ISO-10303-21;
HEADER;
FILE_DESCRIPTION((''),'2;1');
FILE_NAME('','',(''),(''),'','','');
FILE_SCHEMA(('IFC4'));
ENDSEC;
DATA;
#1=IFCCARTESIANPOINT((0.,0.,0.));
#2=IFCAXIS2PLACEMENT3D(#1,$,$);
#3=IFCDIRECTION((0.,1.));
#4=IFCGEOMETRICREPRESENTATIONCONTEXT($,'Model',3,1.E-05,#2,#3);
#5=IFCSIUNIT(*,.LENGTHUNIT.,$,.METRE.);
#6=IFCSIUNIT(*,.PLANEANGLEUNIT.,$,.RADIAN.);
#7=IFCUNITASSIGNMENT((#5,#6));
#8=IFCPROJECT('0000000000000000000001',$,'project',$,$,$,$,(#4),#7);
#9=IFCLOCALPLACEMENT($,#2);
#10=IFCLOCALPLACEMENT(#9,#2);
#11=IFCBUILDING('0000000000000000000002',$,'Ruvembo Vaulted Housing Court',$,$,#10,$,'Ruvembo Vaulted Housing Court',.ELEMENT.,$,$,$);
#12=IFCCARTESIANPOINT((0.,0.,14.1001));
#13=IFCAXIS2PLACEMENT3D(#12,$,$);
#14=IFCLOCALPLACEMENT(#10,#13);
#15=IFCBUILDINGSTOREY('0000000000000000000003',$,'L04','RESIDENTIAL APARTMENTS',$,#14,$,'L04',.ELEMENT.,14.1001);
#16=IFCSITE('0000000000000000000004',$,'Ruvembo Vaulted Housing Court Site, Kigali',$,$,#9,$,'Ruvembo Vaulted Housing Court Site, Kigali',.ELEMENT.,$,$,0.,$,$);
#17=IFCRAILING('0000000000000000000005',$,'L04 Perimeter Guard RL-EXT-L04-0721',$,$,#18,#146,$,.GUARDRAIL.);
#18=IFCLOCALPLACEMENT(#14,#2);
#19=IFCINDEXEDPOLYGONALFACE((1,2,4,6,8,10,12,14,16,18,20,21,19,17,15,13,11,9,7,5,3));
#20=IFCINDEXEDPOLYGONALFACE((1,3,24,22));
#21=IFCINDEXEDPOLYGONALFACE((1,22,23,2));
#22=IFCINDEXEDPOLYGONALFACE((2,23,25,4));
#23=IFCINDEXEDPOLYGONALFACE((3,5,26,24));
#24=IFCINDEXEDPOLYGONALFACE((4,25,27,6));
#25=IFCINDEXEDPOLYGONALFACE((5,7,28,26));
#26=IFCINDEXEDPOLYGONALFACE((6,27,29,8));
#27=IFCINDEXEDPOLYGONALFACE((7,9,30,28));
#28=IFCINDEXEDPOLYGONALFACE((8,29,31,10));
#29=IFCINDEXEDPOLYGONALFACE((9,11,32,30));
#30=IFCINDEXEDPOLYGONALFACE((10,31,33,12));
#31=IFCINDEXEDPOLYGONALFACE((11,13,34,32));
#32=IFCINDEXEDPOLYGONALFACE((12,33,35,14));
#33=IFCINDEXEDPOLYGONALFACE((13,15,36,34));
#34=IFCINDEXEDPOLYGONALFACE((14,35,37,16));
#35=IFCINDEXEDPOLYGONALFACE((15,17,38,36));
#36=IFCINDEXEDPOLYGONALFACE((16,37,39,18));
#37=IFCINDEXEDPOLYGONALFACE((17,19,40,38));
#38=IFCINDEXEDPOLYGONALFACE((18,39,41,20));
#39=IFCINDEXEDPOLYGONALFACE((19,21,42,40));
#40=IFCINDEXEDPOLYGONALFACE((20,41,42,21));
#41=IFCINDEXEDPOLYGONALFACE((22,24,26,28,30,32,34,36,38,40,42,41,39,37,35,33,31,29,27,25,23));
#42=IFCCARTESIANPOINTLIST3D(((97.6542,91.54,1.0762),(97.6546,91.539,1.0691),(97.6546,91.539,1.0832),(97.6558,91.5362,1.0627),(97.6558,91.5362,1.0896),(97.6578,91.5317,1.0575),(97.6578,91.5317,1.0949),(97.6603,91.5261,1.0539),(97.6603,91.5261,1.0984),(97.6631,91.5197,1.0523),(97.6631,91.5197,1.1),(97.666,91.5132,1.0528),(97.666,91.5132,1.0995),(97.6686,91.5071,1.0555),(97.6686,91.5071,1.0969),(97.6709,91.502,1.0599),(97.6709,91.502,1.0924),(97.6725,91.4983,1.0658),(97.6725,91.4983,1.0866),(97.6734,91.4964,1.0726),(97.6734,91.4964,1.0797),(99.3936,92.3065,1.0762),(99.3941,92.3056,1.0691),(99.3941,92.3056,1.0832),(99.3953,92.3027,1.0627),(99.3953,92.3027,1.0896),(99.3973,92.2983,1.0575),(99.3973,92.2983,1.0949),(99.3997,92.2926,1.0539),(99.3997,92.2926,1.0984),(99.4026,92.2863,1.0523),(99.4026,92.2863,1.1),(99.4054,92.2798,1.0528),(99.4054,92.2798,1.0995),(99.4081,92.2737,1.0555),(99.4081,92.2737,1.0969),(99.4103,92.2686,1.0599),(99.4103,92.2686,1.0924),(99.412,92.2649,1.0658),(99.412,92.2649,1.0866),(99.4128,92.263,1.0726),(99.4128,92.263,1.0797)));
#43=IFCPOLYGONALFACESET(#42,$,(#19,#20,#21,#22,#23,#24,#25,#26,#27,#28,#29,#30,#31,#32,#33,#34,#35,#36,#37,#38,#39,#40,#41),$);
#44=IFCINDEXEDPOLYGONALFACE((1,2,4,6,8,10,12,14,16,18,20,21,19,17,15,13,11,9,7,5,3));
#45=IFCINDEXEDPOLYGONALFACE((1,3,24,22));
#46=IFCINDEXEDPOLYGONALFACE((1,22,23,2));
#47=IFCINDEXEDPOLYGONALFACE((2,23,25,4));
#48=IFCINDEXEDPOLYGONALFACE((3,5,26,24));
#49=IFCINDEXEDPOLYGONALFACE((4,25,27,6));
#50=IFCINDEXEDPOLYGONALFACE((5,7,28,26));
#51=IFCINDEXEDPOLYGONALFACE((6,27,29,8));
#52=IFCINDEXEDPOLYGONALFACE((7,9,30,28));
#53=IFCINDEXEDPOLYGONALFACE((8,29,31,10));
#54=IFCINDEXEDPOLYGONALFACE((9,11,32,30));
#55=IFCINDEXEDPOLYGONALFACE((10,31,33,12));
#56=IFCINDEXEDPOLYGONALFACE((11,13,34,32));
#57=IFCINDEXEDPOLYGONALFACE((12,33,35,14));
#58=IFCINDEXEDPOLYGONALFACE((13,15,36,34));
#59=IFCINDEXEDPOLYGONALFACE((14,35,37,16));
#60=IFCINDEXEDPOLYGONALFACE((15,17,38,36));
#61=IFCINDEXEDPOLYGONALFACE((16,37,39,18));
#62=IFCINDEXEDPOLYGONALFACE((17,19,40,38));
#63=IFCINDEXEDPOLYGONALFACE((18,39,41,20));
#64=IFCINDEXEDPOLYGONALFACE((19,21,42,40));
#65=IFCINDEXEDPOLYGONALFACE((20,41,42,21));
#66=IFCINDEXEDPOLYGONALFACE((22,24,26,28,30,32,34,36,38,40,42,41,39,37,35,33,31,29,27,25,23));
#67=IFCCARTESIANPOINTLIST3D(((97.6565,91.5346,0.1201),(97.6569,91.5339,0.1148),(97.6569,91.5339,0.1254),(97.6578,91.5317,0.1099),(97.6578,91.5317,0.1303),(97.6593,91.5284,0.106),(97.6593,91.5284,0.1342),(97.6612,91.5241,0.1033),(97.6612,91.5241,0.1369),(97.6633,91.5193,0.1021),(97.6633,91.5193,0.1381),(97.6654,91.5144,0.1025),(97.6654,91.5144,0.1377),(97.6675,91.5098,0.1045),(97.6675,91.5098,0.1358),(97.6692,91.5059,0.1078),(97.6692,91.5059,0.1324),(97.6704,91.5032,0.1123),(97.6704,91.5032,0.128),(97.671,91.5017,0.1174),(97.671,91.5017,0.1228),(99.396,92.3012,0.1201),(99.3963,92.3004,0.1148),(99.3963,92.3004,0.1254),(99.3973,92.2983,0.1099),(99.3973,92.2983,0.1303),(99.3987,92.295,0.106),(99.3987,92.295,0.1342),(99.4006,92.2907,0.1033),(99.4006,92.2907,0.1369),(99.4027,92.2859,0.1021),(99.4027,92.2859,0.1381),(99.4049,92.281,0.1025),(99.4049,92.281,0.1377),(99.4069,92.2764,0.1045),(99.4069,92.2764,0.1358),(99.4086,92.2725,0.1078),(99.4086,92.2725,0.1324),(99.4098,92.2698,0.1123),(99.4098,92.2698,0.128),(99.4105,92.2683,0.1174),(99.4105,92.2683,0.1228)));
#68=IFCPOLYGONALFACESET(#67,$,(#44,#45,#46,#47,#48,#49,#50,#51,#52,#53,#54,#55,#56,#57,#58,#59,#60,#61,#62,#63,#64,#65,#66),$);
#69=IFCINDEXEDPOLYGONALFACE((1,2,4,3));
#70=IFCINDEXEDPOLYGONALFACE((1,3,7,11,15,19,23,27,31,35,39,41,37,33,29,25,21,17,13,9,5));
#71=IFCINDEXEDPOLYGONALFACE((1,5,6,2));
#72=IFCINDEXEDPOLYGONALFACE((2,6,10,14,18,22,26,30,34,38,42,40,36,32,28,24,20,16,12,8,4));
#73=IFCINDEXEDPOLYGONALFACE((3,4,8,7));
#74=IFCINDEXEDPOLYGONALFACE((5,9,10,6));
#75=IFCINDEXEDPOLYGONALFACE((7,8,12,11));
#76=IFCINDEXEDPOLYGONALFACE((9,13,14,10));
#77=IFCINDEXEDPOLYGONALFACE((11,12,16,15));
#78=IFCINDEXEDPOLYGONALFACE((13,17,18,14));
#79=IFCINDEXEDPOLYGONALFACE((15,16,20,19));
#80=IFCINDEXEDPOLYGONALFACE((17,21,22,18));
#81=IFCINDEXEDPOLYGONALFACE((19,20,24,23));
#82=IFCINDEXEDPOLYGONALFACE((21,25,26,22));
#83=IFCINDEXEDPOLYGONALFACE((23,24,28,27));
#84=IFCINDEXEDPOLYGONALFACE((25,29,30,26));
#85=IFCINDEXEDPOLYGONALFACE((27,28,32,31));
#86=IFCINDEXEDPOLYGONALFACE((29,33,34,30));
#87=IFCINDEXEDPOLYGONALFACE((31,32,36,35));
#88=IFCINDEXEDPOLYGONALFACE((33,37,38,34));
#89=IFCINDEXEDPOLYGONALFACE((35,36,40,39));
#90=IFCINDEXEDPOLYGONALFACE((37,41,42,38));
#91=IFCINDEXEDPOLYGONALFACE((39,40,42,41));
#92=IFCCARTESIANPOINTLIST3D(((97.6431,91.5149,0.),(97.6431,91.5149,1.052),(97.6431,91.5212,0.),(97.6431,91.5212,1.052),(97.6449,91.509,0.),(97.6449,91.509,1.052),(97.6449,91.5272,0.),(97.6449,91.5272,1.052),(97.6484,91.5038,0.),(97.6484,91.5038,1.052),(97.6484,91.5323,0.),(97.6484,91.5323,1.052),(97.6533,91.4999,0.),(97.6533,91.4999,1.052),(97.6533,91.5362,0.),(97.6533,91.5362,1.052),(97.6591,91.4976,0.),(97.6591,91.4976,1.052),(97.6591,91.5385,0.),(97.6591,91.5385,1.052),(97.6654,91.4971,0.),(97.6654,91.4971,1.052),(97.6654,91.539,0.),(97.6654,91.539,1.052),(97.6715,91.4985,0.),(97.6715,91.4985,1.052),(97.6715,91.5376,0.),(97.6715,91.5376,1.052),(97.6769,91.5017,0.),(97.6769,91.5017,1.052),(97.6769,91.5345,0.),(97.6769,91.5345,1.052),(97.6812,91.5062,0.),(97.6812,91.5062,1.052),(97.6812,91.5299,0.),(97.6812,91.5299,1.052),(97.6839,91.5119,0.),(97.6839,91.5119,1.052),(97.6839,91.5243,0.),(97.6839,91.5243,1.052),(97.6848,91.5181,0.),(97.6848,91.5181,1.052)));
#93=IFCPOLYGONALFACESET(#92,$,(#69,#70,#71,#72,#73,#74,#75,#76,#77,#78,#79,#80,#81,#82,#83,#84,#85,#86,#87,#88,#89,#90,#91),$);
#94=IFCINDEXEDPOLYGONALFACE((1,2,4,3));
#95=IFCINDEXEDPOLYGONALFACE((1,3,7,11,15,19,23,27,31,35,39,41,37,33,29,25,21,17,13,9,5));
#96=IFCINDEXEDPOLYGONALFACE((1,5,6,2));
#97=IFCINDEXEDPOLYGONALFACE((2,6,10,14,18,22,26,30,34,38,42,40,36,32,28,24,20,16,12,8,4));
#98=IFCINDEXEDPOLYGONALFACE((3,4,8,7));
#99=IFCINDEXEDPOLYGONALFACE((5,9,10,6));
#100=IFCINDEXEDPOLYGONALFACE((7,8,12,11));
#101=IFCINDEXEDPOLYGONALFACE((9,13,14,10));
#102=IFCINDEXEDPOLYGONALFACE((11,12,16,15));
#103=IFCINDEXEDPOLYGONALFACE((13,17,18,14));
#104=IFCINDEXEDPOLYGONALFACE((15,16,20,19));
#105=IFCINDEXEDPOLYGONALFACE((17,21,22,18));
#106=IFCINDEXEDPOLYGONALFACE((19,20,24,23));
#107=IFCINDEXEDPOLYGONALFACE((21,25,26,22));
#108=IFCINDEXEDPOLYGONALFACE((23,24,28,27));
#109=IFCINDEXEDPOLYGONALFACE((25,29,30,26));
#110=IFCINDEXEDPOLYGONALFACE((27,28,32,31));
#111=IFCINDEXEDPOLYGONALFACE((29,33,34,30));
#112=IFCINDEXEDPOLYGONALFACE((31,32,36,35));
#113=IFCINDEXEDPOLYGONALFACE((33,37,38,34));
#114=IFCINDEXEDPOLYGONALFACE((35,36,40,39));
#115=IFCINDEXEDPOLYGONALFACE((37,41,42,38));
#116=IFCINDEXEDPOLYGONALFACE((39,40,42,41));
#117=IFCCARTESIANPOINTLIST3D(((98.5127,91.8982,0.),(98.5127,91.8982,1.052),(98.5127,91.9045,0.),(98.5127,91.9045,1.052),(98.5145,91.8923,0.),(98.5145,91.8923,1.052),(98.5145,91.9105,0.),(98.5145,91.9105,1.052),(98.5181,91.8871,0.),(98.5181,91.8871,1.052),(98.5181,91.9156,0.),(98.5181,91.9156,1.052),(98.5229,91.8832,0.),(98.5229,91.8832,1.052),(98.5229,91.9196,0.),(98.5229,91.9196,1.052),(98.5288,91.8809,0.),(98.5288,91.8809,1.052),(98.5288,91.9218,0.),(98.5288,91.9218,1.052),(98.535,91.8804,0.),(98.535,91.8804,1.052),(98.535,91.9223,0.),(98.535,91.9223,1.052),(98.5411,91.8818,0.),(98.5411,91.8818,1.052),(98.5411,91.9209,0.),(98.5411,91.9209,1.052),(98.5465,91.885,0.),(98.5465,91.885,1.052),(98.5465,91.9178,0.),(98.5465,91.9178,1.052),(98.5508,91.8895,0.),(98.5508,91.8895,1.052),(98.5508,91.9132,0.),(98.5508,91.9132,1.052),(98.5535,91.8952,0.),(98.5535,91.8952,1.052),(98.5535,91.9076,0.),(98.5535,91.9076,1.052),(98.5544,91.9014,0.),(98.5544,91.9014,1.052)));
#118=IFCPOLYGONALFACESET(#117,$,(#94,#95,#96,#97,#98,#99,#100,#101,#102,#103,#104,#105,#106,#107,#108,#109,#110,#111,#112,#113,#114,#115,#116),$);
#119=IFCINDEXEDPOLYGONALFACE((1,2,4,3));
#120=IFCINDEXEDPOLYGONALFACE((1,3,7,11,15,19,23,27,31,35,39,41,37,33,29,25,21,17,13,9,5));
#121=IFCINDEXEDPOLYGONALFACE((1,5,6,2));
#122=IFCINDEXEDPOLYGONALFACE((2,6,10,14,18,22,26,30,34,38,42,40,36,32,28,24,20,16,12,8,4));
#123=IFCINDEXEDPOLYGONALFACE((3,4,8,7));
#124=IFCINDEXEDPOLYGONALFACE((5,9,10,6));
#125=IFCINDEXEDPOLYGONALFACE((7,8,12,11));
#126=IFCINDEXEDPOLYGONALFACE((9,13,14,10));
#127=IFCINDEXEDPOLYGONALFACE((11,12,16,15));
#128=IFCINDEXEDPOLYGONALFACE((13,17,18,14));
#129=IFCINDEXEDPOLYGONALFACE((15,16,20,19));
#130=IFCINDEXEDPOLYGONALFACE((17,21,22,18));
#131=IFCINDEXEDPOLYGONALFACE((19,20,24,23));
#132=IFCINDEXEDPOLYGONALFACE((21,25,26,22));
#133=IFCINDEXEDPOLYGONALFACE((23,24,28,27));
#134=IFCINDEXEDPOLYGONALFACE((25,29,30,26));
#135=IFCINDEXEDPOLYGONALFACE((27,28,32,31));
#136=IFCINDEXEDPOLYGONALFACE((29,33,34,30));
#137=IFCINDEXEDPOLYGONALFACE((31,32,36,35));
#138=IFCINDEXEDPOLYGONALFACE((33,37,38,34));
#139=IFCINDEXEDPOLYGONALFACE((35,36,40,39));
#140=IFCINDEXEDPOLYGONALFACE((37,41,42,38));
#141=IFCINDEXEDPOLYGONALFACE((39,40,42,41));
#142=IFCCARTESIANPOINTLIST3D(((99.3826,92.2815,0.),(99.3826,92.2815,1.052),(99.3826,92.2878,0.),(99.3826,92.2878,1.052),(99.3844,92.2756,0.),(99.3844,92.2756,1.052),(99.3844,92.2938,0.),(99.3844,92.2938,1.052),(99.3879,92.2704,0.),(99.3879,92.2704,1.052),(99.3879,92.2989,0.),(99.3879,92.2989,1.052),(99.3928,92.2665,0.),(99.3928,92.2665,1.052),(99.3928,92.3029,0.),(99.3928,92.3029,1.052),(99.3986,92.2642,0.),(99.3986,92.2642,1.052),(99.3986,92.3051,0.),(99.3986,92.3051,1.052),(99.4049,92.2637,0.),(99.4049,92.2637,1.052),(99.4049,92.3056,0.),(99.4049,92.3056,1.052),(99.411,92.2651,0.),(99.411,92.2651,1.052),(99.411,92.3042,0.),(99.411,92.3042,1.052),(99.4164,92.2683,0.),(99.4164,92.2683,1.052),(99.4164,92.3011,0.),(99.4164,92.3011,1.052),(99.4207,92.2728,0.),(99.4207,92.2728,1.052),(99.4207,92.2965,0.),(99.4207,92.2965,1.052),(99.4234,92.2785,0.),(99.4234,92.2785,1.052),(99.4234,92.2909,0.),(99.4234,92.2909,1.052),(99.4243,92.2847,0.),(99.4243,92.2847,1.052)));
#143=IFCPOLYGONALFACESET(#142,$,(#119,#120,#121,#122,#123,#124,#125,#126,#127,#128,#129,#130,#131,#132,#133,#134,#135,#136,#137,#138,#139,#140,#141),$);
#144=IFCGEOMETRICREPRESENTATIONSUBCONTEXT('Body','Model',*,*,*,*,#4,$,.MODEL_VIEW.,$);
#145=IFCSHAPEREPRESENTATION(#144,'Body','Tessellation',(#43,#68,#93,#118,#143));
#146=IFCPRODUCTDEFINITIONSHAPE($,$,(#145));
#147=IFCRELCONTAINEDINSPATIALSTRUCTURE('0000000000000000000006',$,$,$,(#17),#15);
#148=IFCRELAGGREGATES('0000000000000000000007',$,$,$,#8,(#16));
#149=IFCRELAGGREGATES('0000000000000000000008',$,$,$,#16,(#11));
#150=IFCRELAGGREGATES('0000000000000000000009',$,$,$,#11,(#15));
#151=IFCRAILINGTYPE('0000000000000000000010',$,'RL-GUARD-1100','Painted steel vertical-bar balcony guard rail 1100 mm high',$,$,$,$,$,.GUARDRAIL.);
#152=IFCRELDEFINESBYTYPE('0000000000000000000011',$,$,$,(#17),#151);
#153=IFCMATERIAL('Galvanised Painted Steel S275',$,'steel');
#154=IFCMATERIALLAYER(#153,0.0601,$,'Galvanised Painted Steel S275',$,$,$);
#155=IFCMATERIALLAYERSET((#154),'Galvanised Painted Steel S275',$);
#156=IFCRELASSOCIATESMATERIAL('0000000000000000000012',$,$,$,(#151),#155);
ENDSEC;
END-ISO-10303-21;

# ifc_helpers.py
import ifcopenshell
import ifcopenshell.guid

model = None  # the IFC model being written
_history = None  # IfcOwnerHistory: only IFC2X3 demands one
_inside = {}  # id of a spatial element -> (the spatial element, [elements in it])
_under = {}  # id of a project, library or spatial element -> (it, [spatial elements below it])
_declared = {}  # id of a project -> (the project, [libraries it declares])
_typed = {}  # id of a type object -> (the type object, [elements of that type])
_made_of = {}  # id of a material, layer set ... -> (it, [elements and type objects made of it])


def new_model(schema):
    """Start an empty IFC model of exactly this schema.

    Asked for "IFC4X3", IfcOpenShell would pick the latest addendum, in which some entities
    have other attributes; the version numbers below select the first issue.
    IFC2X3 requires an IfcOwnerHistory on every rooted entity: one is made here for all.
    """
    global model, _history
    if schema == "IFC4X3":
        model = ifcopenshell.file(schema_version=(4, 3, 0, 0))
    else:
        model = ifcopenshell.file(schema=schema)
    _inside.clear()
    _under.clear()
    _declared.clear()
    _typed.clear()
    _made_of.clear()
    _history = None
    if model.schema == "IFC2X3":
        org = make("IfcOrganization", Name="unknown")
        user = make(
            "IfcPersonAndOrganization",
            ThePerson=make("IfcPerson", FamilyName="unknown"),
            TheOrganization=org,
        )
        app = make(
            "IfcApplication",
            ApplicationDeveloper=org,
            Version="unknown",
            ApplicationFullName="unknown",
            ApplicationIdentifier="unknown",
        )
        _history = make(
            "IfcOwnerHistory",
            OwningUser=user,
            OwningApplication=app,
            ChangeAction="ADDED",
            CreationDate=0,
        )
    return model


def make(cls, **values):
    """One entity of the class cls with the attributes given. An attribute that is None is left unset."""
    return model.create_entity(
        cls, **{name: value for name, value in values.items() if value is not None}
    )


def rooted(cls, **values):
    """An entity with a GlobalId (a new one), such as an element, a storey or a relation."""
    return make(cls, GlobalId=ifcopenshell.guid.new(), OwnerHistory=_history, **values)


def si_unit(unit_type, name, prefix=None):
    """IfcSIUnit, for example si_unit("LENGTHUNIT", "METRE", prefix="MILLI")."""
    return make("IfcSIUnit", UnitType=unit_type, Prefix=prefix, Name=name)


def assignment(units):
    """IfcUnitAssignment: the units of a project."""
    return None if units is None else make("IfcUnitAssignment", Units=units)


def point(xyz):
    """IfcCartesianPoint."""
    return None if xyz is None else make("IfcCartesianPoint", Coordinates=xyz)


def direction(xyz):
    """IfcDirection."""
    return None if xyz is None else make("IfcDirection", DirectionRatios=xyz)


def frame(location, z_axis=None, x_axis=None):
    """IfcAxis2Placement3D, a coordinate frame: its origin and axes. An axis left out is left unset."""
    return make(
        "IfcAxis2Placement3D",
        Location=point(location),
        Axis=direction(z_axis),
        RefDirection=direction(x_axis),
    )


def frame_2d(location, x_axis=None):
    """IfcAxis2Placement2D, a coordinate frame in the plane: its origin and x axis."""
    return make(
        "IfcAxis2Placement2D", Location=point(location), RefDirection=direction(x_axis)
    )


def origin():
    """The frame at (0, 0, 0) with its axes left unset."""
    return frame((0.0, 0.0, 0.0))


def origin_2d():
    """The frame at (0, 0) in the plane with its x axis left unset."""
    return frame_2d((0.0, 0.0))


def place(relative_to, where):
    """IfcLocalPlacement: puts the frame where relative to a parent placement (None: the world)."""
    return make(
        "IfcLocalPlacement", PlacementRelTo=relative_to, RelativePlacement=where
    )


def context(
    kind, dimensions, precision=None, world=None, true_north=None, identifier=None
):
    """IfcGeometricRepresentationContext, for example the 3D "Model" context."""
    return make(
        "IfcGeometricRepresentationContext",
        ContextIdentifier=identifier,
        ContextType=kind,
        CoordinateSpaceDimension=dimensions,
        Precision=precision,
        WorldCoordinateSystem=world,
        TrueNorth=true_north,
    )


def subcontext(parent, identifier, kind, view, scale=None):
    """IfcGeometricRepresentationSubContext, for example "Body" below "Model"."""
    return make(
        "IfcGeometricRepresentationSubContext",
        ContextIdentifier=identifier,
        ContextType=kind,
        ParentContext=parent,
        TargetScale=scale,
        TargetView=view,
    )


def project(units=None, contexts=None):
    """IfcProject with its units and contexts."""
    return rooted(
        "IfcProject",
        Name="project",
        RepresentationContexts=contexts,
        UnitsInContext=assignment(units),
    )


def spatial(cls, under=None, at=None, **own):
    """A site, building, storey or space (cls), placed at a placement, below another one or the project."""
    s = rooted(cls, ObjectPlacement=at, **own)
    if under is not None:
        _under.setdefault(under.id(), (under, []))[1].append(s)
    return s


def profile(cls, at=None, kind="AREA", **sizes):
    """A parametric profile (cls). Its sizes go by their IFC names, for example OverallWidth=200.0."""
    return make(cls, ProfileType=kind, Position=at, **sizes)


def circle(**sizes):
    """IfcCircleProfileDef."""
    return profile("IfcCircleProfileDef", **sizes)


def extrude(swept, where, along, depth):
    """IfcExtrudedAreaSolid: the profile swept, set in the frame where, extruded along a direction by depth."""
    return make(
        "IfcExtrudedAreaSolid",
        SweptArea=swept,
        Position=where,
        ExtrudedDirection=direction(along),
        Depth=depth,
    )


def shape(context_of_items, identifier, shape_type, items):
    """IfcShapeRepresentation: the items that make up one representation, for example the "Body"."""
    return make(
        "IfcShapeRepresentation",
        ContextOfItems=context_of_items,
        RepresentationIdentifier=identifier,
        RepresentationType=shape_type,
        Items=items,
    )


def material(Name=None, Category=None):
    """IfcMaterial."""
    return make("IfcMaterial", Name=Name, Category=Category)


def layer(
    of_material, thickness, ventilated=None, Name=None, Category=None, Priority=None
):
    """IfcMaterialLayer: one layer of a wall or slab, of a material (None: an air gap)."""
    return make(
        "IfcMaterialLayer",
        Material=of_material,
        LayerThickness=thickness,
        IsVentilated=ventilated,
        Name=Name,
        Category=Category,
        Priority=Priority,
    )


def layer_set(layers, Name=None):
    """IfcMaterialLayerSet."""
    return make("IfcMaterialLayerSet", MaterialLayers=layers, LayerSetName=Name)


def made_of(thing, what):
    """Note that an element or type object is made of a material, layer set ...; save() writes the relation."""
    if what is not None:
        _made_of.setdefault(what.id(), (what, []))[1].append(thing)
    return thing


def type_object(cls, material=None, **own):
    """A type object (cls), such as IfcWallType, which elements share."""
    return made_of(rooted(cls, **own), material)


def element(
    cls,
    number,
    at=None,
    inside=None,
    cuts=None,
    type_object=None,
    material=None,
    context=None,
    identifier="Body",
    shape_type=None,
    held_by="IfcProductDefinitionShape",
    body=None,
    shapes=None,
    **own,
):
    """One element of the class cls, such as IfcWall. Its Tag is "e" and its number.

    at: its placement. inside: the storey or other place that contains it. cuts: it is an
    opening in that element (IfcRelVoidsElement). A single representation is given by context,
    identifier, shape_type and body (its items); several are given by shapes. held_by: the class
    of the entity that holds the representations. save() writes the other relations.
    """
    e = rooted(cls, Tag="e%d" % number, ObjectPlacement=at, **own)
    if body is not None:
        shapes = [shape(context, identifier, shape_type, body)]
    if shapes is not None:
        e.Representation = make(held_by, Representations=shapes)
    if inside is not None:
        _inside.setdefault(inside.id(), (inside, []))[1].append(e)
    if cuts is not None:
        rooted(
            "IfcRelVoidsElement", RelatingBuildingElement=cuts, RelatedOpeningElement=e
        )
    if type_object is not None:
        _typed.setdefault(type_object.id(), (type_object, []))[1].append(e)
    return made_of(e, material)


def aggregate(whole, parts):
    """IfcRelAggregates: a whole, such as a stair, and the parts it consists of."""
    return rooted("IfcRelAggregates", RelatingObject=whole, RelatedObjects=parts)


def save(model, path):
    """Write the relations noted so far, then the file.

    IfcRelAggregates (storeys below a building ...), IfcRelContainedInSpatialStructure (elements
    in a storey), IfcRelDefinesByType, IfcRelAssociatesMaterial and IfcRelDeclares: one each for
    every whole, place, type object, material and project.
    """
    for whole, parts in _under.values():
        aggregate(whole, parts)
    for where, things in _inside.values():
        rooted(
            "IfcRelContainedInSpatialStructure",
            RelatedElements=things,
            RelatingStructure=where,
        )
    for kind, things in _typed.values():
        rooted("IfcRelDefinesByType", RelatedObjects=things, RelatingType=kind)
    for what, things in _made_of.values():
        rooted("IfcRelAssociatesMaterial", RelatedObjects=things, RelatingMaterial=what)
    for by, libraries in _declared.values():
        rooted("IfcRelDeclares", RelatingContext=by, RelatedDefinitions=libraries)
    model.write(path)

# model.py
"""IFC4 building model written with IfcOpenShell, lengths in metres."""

from ifc_helpers import new_model, si_unit, direction, frame, origin, origin_2d, place, context, subcontext, project, spatial, circle, extrude, material, layer, layer_set, type_object, element, save


model = new_model("IFC4")

# Units and contexts
model_context = context("Model", 3, precision=1e-05, world=origin(), true_north=direction((0.0, 1.0)))
body_context = subcontext(model_context, "Body", "Model", "MODEL_VIEW")
ifc_project = project(units=[si_unit("LENGTHUNIT", "METRE"), si_unit("PLANEANGLEUNIT", "RADIAN")], contexts=[model_context])

# Site, building, storey
site_placement = place(None, origin())
site = spatial("IfcSite", under=ifc_project, at=site_placement, Name="Ruvembo Vaulted Housing Court Site, Kigali", LongName="Ruvembo Vaulted Housing Court Site, Kigali", CompositionType="ELEMENT", RefElevation=0.0)
building_placement = place(site_placement, origin())
building = spatial("IfcBuilding", under=site, at=building_placement, Name="Ruvembo Vaulted Housing Court", LongName="Ruvembo Vaulted Housing Court", CompositionType="ELEMENT")
storey_placement = place(building_placement, frame((0.0, 0.0, 14.1001)))
storey = spatial("IfcBuildingStorey", under=building, at=storey_placement, Name="L04", Description="RESIDENTIAL APARTMENTS", LongName="L04", CompositionType="ELEMENT", Elevation=14.1001)

# Railing
ifc_material_1 = material(Name="Galvanised Painted Steel S275", Category="steel")
ifc_layer_1 = layer(ifc_material_1, 0.0601, Name="Galvanised Painted Steel S275")
ifc_layer_set_1 = layer_set([ifc_layer_1], Name="Galvanised Painted Steel S275")
railing_type = type_object("IfcRailingType", Name="RL-GUARD-1100", Description="Painted steel vertical-bar balcony guard rail 1100 mm high", PredefinedType="GUARDRAIL", material=ifc_layer_set_1)
railing_1_placement = place(storey_placement, frame((97.6638, 91.5181, 0.0)))
element("IfcRailing", 1, at=railing_1_placement, inside=storey, type_object=railing_type, Name="L04 Perimeter Guard RL-EXT-L04-0721", PredefinedType="GUARDRAIL", context=body_context, shape_type="SweptSolid", body=[
    extrude(circle(Radius=0.0239, at=origin_2d()), frame((0.0, 0.0, 1.0762), z_axis=(0.915078, 0.403277, 0.0), x_axis=(-0.403277, 0.915078, 0.0)), (0.0, 0.0, 1.0), 1.9009),
    extrude(circle(Radius=0.0181, at=origin_2d()), frame((0.0, 0.0, 0.1201), z_axis=(0.915078, 0.403277, 0.0), x_axis=(-0.403277, 0.915078, 0.0)), (0.0, 0.0, 1.0), 1.9009),
    extrude(circle(Radius=0.021, at=origin_2d()), origin(), (0.0, 0.0, 1.0), 1.052),
    extrude(circle(Radius=0.021, at=origin_2d()), frame((0.8696, 0.3833, 0.0)), (0.0, 0.0, 1.0), 1.052),
    extrude(circle(Radius=0.021, at=origin_2d()), frame((1.7395, 0.7666, 0.0)), (0.0, 0.0, 1.0), 1.052),
])

save(model, "model.ifc")
